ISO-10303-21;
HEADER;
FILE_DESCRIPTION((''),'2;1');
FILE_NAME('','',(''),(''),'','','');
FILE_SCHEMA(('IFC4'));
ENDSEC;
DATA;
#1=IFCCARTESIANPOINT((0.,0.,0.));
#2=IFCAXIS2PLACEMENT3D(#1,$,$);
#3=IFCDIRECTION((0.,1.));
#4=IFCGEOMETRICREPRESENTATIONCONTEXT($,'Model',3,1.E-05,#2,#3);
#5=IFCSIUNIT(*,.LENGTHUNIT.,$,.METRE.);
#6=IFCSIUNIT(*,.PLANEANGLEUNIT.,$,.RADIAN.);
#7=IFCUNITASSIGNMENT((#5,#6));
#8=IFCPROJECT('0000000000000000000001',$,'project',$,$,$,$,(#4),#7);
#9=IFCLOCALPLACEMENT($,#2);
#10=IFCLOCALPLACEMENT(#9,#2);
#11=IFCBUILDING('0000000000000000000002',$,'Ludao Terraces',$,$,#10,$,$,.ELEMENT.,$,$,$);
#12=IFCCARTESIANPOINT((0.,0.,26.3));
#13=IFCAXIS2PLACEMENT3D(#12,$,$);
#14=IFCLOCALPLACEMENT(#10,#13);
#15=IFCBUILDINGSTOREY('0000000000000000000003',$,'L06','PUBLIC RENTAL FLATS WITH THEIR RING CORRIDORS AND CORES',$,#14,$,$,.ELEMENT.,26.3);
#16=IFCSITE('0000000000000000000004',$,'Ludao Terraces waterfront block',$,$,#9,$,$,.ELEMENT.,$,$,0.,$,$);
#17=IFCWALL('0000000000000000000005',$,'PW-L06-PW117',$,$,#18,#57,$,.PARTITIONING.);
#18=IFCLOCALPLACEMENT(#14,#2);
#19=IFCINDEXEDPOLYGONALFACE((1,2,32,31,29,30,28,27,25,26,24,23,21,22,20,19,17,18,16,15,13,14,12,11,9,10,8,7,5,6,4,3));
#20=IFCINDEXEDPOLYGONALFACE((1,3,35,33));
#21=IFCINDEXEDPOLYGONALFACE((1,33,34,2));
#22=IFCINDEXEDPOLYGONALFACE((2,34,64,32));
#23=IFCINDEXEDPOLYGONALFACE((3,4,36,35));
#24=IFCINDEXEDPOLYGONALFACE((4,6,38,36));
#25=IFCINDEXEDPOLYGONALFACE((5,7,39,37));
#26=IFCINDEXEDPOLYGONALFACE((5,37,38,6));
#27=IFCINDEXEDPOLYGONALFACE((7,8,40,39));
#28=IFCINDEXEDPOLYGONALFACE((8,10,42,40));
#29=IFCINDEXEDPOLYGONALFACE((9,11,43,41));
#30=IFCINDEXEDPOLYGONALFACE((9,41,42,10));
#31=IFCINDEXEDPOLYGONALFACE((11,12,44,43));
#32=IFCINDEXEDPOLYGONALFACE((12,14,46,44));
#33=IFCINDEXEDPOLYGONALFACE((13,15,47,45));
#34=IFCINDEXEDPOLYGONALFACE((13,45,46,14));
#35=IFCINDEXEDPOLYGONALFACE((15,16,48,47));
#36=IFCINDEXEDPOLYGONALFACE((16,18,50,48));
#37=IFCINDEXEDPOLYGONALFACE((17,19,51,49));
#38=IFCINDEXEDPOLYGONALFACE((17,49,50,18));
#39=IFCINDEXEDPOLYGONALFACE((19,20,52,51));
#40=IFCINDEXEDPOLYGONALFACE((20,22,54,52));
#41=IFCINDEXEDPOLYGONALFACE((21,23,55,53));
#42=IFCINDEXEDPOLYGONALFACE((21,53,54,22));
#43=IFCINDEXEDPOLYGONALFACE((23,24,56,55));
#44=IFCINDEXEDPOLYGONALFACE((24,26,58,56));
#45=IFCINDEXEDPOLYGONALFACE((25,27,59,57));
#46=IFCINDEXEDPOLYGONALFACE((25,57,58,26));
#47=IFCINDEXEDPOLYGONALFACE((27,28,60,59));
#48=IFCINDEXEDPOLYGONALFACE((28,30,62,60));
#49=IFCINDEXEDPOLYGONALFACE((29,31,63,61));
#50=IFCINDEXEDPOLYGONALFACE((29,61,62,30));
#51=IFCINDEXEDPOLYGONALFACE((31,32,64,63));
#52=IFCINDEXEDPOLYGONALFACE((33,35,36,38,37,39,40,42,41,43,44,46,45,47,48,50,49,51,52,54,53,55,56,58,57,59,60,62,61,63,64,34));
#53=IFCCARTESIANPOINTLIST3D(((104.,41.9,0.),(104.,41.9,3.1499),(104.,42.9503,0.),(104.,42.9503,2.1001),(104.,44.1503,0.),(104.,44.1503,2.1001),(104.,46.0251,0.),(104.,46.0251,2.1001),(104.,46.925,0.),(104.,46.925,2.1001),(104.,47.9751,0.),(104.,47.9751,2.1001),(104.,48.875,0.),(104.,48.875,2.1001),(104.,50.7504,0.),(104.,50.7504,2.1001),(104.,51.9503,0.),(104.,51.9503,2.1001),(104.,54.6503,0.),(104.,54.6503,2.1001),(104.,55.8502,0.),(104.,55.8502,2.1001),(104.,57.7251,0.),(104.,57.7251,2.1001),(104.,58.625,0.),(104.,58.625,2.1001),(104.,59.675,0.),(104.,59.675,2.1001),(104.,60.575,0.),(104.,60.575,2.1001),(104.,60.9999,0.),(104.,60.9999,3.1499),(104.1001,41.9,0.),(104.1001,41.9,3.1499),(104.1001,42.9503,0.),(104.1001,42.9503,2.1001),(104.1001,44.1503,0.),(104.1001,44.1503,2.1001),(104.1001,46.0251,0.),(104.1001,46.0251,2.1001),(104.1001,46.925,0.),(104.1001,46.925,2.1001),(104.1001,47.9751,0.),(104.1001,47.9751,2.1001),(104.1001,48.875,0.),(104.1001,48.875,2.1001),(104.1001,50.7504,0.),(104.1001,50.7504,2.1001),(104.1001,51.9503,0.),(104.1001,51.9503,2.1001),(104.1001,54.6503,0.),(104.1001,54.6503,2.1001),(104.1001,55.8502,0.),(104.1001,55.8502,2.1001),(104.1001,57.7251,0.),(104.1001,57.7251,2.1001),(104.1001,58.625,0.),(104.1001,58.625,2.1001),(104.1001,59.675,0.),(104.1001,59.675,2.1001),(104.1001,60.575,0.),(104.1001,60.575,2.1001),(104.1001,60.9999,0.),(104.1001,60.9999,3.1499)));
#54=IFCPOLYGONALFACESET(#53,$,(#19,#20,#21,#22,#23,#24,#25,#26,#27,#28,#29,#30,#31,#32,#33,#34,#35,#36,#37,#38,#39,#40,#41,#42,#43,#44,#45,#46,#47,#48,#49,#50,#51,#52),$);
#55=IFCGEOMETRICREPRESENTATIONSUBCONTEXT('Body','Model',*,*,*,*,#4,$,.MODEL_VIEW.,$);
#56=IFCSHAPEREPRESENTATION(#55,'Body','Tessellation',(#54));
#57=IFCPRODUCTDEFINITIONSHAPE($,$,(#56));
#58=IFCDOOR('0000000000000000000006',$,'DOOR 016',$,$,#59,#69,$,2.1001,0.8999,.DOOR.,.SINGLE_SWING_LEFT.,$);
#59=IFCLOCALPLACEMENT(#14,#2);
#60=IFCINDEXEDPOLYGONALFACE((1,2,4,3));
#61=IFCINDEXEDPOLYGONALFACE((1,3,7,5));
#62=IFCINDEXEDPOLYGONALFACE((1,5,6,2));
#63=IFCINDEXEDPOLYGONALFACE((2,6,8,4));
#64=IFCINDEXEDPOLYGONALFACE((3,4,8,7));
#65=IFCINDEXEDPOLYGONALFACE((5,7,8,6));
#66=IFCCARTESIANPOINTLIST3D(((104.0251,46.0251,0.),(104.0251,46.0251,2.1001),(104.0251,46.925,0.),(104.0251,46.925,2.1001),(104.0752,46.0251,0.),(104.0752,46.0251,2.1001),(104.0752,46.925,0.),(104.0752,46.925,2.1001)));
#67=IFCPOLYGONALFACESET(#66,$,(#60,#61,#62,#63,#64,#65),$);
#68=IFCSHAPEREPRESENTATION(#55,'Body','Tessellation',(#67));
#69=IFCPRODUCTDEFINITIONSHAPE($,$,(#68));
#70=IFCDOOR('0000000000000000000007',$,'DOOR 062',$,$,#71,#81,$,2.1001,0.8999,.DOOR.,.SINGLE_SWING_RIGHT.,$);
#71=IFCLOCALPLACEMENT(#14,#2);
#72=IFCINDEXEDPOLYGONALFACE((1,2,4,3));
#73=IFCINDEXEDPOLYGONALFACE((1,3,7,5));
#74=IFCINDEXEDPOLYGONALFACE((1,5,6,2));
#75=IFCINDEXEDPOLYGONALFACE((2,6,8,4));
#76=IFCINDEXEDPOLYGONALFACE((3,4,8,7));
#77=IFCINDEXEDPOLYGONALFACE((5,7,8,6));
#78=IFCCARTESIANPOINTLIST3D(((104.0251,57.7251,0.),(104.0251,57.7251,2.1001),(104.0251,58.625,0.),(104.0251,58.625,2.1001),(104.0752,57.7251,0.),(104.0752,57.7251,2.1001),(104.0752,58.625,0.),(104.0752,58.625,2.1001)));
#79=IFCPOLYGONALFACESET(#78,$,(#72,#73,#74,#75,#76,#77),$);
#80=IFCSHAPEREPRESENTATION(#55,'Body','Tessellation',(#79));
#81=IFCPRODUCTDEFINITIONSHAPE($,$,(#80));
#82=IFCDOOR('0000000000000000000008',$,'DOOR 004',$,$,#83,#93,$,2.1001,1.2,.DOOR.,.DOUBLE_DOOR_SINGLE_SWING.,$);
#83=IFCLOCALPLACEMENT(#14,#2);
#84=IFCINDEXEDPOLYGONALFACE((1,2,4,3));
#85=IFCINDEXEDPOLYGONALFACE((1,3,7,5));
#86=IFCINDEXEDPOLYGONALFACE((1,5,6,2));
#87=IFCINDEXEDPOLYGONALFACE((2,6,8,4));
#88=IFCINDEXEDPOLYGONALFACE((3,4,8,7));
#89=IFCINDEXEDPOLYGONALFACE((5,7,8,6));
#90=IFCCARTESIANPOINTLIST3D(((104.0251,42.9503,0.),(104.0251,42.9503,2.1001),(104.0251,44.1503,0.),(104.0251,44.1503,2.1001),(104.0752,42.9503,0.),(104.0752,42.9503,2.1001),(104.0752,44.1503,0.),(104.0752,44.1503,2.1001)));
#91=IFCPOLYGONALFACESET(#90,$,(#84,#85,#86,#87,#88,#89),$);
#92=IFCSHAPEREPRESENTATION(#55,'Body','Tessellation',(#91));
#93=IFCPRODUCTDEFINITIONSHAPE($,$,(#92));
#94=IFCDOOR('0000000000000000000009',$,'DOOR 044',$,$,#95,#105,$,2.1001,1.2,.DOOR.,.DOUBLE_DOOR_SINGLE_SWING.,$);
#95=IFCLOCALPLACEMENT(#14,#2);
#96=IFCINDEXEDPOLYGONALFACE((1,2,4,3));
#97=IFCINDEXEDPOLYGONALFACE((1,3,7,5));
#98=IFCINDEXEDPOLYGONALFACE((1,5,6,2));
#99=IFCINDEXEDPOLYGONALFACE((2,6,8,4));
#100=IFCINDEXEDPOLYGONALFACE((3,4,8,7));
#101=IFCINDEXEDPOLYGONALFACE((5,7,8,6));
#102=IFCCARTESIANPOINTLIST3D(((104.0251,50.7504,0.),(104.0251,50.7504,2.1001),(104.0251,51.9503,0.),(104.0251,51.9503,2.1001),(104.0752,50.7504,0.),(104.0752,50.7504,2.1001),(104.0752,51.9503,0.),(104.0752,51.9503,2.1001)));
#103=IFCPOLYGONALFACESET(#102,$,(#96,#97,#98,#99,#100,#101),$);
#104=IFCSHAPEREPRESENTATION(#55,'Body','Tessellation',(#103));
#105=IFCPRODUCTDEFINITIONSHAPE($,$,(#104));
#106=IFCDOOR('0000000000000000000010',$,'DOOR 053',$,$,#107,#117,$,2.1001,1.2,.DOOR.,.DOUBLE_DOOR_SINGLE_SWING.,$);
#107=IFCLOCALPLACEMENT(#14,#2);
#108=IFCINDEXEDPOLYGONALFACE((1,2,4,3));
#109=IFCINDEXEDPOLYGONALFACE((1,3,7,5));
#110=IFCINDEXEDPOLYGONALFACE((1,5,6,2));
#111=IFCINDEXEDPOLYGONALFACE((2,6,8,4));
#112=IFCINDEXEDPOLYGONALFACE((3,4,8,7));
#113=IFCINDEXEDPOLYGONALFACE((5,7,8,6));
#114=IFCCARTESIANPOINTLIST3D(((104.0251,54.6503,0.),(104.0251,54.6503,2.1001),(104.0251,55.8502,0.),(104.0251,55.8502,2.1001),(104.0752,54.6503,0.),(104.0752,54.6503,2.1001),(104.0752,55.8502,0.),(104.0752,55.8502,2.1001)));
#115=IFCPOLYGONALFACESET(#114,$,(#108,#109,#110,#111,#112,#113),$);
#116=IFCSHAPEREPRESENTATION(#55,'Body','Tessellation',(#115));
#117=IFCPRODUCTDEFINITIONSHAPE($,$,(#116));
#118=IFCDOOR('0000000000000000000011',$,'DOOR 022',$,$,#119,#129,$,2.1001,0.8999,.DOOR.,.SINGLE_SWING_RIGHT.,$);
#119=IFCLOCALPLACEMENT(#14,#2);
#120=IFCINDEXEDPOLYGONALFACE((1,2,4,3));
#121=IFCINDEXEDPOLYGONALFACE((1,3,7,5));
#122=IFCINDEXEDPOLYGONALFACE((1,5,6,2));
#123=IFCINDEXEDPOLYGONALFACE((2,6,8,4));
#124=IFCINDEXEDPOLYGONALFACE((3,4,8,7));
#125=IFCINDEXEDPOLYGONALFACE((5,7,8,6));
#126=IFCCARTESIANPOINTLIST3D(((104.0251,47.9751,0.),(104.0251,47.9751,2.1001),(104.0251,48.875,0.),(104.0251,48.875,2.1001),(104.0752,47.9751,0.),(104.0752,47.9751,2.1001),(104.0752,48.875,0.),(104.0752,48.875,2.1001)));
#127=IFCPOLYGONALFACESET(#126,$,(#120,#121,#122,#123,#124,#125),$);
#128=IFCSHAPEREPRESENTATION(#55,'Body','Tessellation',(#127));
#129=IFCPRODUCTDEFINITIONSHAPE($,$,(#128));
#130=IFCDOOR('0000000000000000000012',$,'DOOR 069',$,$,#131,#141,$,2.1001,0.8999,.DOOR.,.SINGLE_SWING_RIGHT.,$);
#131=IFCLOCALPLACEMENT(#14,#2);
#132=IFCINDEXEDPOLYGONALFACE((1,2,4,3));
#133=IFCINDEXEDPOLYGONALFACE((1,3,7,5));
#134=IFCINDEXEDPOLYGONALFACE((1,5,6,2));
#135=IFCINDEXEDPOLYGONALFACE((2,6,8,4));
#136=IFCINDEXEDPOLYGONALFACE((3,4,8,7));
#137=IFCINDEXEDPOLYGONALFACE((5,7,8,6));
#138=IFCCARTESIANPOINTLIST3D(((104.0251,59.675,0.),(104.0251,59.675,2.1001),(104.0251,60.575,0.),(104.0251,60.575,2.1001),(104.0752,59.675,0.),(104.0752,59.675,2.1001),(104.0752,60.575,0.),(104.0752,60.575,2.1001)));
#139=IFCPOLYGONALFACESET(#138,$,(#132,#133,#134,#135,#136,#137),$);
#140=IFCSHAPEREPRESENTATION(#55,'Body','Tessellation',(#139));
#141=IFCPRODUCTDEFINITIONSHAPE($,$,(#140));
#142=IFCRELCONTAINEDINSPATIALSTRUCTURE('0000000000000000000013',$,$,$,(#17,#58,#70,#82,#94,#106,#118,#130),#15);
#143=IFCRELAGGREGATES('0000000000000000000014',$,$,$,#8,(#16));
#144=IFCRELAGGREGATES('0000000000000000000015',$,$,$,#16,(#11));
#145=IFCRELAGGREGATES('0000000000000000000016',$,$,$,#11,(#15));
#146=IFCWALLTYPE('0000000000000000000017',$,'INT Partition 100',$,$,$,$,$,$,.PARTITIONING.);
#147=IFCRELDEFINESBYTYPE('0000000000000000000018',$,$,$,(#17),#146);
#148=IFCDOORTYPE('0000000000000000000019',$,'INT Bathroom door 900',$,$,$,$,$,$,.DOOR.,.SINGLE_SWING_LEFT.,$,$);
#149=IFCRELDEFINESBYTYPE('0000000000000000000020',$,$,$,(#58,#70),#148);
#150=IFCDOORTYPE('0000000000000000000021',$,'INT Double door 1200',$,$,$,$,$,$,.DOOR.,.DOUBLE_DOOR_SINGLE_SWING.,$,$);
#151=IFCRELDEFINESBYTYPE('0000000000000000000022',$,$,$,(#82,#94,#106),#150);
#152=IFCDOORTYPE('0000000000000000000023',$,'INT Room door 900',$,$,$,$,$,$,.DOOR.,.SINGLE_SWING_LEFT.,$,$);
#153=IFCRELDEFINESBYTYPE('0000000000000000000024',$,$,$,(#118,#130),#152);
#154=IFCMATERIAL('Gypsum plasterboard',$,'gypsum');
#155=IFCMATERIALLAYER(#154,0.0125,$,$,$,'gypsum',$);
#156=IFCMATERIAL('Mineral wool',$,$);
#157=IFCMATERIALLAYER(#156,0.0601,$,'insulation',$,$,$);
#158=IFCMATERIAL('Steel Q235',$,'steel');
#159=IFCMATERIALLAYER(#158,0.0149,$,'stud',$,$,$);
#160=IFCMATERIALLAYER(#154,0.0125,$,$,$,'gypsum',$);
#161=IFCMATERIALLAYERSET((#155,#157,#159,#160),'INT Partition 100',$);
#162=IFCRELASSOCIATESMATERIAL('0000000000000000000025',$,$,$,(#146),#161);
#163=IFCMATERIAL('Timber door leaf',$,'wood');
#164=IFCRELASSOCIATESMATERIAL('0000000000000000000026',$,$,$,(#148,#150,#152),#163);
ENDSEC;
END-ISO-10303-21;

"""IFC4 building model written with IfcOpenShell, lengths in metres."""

from ifc_helpers import new_model, si_unit, direction, frame, frame_2d, origin, place, context, subcontext, project, spatial, rectangle, extrude, material, layer, layer_set, type_object, element, fill, save


model = new_model("IFC4")

# Units and contexts
model_context = context("Model", 3, precision=1e-05, world=origin(), true_north=direction((0.0, 1.0)))
body_context = subcontext(model_context, "Body", "Model", "MODEL_VIEW")
ifc_project = project(units=[si_unit("LENGTHUNIT", "METRE"), si_unit("PLANEANGLEUNIT", "RADIAN")], contexts=[model_context])

# Site, building, storey
site_placement = place(None, origin())
site = spatial("IfcSite", under=ifc_project, at=site_placement, Name="Ludao Terraces waterfront block", CompositionType="ELEMENT", RefElevation=0.0)
building_placement = place(site_placement, origin())
building = spatial("IfcBuilding", under=site, at=building_placement, Name="Ludao Terraces", CompositionType="ELEMENT")
storey_placement = place(building_placement, frame((0.0, 0.0, 26.3)))
storey = spatial("IfcBuildingStorey", under=building, at=storey_placement, Name="L06", Description="PUBLIC RENTAL FLATS WITH THEIR RING CORRIDORS AND CORES", CompositionType="ELEMENT", Elevation=26.3)

# Shared definitions
ifc_material_1 = material(Name="Mineral wool")

# Wall, openings, doors
ifc_material_2 = material(Name="Gypsum plasterboard", Category="gypsum")
ifc_layer_1 = layer(ifc_material_2, 0.0125, Category="gypsum")
ifc_layer_2 = layer(ifc_material_1, 0.0601, Name="insulation")
ifc_material_3 = material(Name="Steel Q235", Category="steel")
ifc_layer_3 = layer(ifc_material_3, 0.0149, Name="stud")
ifc_layer_4 = layer(ifc_material_2, 0.0125, Category="gypsum")
ifc_layer_set_1 = layer_set([ifc_layer_1, ifc_layer_2, ifc_layer_3, ifc_layer_4], Name="INT Partition 100")
wall_type_1 = type_object("IfcWallType", Name="INT Partition 100", PredefinedType="PARTITIONING", material=ifc_layer_set_1)
wall_1_placement = place(storey_placement, frame((104.05, 41.9001, 0.0), z_axis=(0.0, 0.0, 1.0), x_axis=(0.0, 1.0, 0.0)))
wall_1 = element("IfcWall", 1, at=wall_1_placement, inside=storey, type_object=wall_type_1, Name="PW-L06-PW117", PredefinedType="PARTITIONING", context=body_context, shape_type="SweptSolid", body=[
    extrude(rectangle(XDim=19.0999, YDim=0.1001, at=frame_2d((9.5498, 0.0))), origin(), (0.0, 0.0, 1.0), 3.1499),
])
opening_1_placement = place(wall_1_placement, frame((1.05, 0.0, 0.0)))
opening_1 = element("IfcOpeningElement", 2, at=opening_1_placement, cuts=wall_1, PredefinedType="OPENING", context=body_context, shape_type="SweptSolid", body=[
    extrude(rectangle(XDim=1.2, YDim=2.1001, at=frame_2d((0.6001, 1.05))), frame((0.0, 0.0601, 0.0), z_axis=(0.0, -1.0, 0.0), x_axis=(1.0, 0.0, 0.0)), (0.0, 0.0, 1.0), 0.1201),
])
opening_2_placement = place(wall_1_placement, frame((4.125, 0.0, 0.0)))
opening_2 = element("IfcOpeningElement", 3, at=opening_2_placement, cuts=wall_1, PredefinedType="OPENING", context=body_context, shape_type="SweptSolid", body=[
    extrude(rectangle(XDim=0.8999, YDim=2.1001, at=frame_2d((0.45, 1.05))), frame((0.0, 0.0601, 0.0), z_axis=(0.0, -1.0, 0.0), x_axis=(1.0, 0.0, 0.0)), (0.0, 0.0, 1.0), 0.1201),
])
opening_3_placement = place(wall_1_placement, frame((6.075, 0.0, 0.0)))
opening_3 = element("IfcOpeningElement", 4, at=opening_3_placement, cuts=wall_1, PredefinedType="OPENING", context=body_context, shape_type="SweptSolid", body=[
    extrude(rectangle(XDim=0.8999, YDim=2.1001, at=frame_2d((0.45, 1.05))), frame((0.0, 0.0601, 0.0), z_axis=(0.0, -1.0, 0.0), x_axis=(1.0, 0.0, 0.0)), (0.0, 0.0, 1.0), 0.1201),
])
opening_4_placement = place(wall_1_placement, frame((8.8501, 0.0, 0.0)))
opening_4 = element("IfcOpeningElement", 5, at=opening_4_placement, cuts=wall_1, PredefinedType="OPENING", context=body_context, shape_type="SweptSolid", body=[
    extrude(rectangle(XDim=1.2, YDim=2.1001, at=frame_2d((0.6001, 1.05))), frame((0.0, 0.0601, 0.0), z_axis=(0.0, -1.0, 0.0), x_axis=(1.0, 0.0, 0.0)), (0.0, 0.0, 1.0), 0.1201),
])
opening_5_placement = place(wall_1_placement, frame((12.75, 0.0, 0.0)))
opening_5 = element("IfcOpeningElement", 6, at=opening_5_placement, cuts=wall_1, PredefinedType="OPENING", context=body_context, shape_type="SweptSolid", body=[
    extrude(rectangle(XDim=1.2, YDim=2.1001, at=frame_2d((0.6001, 1.05))), frame((0.0, 0.0601, 0.0), z_axis=(0.0, -1.0, 0.0), x_axis=(1.0, 0.0, 0.0)), (0.0, 0.0, 1.0), 0.1201),
])
opening_6_placement = place(wall_1_placement, frame((15.825, 0.0, 0.0)))
opening_6 = element("IfcOpeningElement", 7, at=opening_6_placement, cuts=wall_1, PredefinedType="OPENING", context=body_context, shape_type="SweptSolid", body=[
    extrude(rectangle(XDim=0.8999, YDim=2.1001, at=frame_2d((0.45, 1.05))), frame((0.0, 0.0601, 0.0), z_axis=(0.0, -1.0, 0.0), x_axis=(1.0, 0.0, 0.0)), (0.0, 0.0, 1.0), 0.1201),
])
opening_7_placement = place(wall_1_placement, frame((17.7749, 0.0, 0.0)))
opening_7 = element("IfcOpeningElement", 8, at=opening_7_placement, cuts=wall_1, PredefinedType="OPENING", context=body_context, shape_type="SweptSolid", body=[
    extrude(rectangle(XDim=0.8999, YDim=2.1001, at=frame_2d((0.45, 1.05))), frame((0.0, 0.0601, 0.0), z_axis=(0.0, -1.0, 0.0), x_axis=(1.0, 0.0, 0.0)), (0.0, 0.0, 1.0), 0.1201),
])
ifc_material_4 = material(Name="Timber door leaf", Category="wood")
door_type_1 = type_object("IfcDoorType", Name="INT Bathroom door 900", OperationType="SINGLE_SWING_LEFT", PredefinedType="DOOR", material=ifc_material_4)
door_1_placement = place(opening_2_placement, origin())
door_1 = element("IfcDoor", 9, at=door_1_placement, inside=storey, type_object=door_type_1, Name="DOOR 016", OperationType="SINGLE_SWING_LEFT", OverallHeight=2.1001, OverallWidth=0.8999, PredefinedType="DOOR", context=body_context, shape_type="SweptSolid", body=[
    extrude(rectangle(XDim=0.8999, YDim=2.1001, at=frame_2d((0.45, 1.05))), frame((0.0, 0.0249, 0.0), z_axis=(0.0, -1.0, 0.0), x_axis=(1.0, 0.0, 0.0)), (0.0, 0.0, 1.0), 0.05),
])
fill(opening_2, door_1)
door_2_placement = place(opening_6_placement, origin())
door_2 = element("IfcDoor", 10, at=door_2_placement, inside=storey, type_object=door_type_1, Name="DOOR 062", OperationType="SINGLE_SWING_RIGHT", OverallHeight=2.1001, OverallWidth=0.8999, PredefinedType="DOOR", context=body_context, shape_type="SweptSolid", body=[
    extrude(rectangle(XDim=0.8999, YDim=2.1001, at=frame_2d((0.45, 1.05))), frame((0.0, 0.0249, 0.0), z_axis=(0.0, -1.0, 0.0), x_axis=(1.0, 0.0, 0.0)), (0.0, 0.0, 1.0), 0.05),
])
fill(opening_6, door_2)
door_type_2 = type_object("IfcDoorType", Name="INT Double door 1200", OperationType="DOUBLE_DOOR_SINGLE_SWING", PredefinedType="DOOR", material=ifc_material_4)
door_3_placement = place(opening_1_placement, origin())
door_3 = element("IfcDoor", 11, at=door_3_placement, inside=storey, type_object=door_type_2, Name="DOOR 004", OperationType="DOUBLE_DOOR_SINGLE_SWING", OverallHeight=2.1001, OverallWidth=1.2, PredefinedType="DOOR", context=body_context, shape_type="SweptSolid", body=[
    extrude(rectangle(XDim=1.2, YDim=2.1001, at=frame_2d((0.6001, 1.05))), frame((0.0, 0.0249, 0.0), z_axis=(0.0, -1.0, 0.0), x_axis=(1.0, 0.0, 0.0)), (0.0, 0.0, 1.0), 0.05),
])
fill(opening_1, door_3)
door_4_placement = place(opening_4_placement, origin())
door_4 = element("IfcDoor", 12, at=door_4_placement, inside=storey, type_object=door_type_2, Name="DOOR 044", OperationType="DOUBLE_DOOR_SINGLE_SWING", OverallHeight=2.1001, OverallWidth=1.2, PredefinedType="DOOR", context=body_context, shape_type="SweptSolid", body=[
    extrude(rectangle(XDim=1.2, YDim=2.1001, at=frame_2d((0.6001, 1.05))), frame((0.0, 0.0249, 0.0), z_axis=(0.0, -1.0, 0.0), x_axis=(1.0, 0.0, 0.0)), (0.0, 0.0, 1.0), 0.05),
])
fill(opening_4, door_4)
door_5_placement = place(opening_5_placement, origin())
door_5 = element("IfcDoor", 13, at=door_5_placement, inside=storey, type_object=door_type_2, Name="DOOR 053", OperationType="DOUBLE_DOOR_SINGLE_SWING", OverallHeight=2.1001, OverallWidth=1.2, PredefinedType="DOOR", context=body_context, shape_type="SweptSolid", body=[
    extrude(rectangle(XDim=1.2, YDim=2.1001, at=frame_2d((0.6001, 1.05))), frame((0.0, 0.0249, 0.0), z_axis=(0.0, -1.0, 0.0), x_axis=(1.0, 0.0, 0.0)), (0.0, 0.0, 1.0), 0.05),
])
fill(opening_5, door_5)
door_type_3 = type_object("IfcDoorType", Name="INT Room door 900", OperationType="SINGLE_SWING_LEFT", PredefinedType="DOOR", material=ifc_material_4)
door_6_placement = place(opening_3_placement, origin())
door_6 = element("IfcDoor", 14, at=door_6_placement, inside=storey, type_object=door_type_3, Name="DOOR 022", OperationType="SINGLE_SWING_RIGHT", OverallHeight=2.1001, OverallWidth=0.8999, PredefinedType="DOOR", context=body_context, shape_type="SweptSolid", body=[
    extrude(rectangle(XDim=0.8999, YDim=2.1001, at=frame_2d((0.45, 1.05))), frame((0.0, 0.0249, 0.0), z_axis=(0.0, -1.0, 0.0), x_axis=(1.0, 0.0, 0.0)), (0.0, 0.0, 1.0), 0.05),
])
fill(opening_3, door_6)
door_7_placement = place(opening_7_placement, origin())
door_7 = element("IfcDoor", 15, at=door_7_placement, inside=storey, type_object=door_type_3, Name="DOOR 069", OperationType="SINGLE_SWING_RIGHT", OverallHeight=2.1001, OverallWidth=0.8999, PredefinedType="DOOR", context=body_context, shape_type="SweptSolid", body=[
    extrude(rectangle(XDim=0.8999, YDim=2.1001, at=frame_2d((0.45, 1.05))), frame((0.0, 0.0249, 0.0), z_axis=(0.0, -1.0, 0.0), x_axis=(1.0, 0.0, 0.0)), (0.0, 0.0, 1.0), 0.05),
])
fill(opening_7, door_7)

save(model, "model.ifc")
